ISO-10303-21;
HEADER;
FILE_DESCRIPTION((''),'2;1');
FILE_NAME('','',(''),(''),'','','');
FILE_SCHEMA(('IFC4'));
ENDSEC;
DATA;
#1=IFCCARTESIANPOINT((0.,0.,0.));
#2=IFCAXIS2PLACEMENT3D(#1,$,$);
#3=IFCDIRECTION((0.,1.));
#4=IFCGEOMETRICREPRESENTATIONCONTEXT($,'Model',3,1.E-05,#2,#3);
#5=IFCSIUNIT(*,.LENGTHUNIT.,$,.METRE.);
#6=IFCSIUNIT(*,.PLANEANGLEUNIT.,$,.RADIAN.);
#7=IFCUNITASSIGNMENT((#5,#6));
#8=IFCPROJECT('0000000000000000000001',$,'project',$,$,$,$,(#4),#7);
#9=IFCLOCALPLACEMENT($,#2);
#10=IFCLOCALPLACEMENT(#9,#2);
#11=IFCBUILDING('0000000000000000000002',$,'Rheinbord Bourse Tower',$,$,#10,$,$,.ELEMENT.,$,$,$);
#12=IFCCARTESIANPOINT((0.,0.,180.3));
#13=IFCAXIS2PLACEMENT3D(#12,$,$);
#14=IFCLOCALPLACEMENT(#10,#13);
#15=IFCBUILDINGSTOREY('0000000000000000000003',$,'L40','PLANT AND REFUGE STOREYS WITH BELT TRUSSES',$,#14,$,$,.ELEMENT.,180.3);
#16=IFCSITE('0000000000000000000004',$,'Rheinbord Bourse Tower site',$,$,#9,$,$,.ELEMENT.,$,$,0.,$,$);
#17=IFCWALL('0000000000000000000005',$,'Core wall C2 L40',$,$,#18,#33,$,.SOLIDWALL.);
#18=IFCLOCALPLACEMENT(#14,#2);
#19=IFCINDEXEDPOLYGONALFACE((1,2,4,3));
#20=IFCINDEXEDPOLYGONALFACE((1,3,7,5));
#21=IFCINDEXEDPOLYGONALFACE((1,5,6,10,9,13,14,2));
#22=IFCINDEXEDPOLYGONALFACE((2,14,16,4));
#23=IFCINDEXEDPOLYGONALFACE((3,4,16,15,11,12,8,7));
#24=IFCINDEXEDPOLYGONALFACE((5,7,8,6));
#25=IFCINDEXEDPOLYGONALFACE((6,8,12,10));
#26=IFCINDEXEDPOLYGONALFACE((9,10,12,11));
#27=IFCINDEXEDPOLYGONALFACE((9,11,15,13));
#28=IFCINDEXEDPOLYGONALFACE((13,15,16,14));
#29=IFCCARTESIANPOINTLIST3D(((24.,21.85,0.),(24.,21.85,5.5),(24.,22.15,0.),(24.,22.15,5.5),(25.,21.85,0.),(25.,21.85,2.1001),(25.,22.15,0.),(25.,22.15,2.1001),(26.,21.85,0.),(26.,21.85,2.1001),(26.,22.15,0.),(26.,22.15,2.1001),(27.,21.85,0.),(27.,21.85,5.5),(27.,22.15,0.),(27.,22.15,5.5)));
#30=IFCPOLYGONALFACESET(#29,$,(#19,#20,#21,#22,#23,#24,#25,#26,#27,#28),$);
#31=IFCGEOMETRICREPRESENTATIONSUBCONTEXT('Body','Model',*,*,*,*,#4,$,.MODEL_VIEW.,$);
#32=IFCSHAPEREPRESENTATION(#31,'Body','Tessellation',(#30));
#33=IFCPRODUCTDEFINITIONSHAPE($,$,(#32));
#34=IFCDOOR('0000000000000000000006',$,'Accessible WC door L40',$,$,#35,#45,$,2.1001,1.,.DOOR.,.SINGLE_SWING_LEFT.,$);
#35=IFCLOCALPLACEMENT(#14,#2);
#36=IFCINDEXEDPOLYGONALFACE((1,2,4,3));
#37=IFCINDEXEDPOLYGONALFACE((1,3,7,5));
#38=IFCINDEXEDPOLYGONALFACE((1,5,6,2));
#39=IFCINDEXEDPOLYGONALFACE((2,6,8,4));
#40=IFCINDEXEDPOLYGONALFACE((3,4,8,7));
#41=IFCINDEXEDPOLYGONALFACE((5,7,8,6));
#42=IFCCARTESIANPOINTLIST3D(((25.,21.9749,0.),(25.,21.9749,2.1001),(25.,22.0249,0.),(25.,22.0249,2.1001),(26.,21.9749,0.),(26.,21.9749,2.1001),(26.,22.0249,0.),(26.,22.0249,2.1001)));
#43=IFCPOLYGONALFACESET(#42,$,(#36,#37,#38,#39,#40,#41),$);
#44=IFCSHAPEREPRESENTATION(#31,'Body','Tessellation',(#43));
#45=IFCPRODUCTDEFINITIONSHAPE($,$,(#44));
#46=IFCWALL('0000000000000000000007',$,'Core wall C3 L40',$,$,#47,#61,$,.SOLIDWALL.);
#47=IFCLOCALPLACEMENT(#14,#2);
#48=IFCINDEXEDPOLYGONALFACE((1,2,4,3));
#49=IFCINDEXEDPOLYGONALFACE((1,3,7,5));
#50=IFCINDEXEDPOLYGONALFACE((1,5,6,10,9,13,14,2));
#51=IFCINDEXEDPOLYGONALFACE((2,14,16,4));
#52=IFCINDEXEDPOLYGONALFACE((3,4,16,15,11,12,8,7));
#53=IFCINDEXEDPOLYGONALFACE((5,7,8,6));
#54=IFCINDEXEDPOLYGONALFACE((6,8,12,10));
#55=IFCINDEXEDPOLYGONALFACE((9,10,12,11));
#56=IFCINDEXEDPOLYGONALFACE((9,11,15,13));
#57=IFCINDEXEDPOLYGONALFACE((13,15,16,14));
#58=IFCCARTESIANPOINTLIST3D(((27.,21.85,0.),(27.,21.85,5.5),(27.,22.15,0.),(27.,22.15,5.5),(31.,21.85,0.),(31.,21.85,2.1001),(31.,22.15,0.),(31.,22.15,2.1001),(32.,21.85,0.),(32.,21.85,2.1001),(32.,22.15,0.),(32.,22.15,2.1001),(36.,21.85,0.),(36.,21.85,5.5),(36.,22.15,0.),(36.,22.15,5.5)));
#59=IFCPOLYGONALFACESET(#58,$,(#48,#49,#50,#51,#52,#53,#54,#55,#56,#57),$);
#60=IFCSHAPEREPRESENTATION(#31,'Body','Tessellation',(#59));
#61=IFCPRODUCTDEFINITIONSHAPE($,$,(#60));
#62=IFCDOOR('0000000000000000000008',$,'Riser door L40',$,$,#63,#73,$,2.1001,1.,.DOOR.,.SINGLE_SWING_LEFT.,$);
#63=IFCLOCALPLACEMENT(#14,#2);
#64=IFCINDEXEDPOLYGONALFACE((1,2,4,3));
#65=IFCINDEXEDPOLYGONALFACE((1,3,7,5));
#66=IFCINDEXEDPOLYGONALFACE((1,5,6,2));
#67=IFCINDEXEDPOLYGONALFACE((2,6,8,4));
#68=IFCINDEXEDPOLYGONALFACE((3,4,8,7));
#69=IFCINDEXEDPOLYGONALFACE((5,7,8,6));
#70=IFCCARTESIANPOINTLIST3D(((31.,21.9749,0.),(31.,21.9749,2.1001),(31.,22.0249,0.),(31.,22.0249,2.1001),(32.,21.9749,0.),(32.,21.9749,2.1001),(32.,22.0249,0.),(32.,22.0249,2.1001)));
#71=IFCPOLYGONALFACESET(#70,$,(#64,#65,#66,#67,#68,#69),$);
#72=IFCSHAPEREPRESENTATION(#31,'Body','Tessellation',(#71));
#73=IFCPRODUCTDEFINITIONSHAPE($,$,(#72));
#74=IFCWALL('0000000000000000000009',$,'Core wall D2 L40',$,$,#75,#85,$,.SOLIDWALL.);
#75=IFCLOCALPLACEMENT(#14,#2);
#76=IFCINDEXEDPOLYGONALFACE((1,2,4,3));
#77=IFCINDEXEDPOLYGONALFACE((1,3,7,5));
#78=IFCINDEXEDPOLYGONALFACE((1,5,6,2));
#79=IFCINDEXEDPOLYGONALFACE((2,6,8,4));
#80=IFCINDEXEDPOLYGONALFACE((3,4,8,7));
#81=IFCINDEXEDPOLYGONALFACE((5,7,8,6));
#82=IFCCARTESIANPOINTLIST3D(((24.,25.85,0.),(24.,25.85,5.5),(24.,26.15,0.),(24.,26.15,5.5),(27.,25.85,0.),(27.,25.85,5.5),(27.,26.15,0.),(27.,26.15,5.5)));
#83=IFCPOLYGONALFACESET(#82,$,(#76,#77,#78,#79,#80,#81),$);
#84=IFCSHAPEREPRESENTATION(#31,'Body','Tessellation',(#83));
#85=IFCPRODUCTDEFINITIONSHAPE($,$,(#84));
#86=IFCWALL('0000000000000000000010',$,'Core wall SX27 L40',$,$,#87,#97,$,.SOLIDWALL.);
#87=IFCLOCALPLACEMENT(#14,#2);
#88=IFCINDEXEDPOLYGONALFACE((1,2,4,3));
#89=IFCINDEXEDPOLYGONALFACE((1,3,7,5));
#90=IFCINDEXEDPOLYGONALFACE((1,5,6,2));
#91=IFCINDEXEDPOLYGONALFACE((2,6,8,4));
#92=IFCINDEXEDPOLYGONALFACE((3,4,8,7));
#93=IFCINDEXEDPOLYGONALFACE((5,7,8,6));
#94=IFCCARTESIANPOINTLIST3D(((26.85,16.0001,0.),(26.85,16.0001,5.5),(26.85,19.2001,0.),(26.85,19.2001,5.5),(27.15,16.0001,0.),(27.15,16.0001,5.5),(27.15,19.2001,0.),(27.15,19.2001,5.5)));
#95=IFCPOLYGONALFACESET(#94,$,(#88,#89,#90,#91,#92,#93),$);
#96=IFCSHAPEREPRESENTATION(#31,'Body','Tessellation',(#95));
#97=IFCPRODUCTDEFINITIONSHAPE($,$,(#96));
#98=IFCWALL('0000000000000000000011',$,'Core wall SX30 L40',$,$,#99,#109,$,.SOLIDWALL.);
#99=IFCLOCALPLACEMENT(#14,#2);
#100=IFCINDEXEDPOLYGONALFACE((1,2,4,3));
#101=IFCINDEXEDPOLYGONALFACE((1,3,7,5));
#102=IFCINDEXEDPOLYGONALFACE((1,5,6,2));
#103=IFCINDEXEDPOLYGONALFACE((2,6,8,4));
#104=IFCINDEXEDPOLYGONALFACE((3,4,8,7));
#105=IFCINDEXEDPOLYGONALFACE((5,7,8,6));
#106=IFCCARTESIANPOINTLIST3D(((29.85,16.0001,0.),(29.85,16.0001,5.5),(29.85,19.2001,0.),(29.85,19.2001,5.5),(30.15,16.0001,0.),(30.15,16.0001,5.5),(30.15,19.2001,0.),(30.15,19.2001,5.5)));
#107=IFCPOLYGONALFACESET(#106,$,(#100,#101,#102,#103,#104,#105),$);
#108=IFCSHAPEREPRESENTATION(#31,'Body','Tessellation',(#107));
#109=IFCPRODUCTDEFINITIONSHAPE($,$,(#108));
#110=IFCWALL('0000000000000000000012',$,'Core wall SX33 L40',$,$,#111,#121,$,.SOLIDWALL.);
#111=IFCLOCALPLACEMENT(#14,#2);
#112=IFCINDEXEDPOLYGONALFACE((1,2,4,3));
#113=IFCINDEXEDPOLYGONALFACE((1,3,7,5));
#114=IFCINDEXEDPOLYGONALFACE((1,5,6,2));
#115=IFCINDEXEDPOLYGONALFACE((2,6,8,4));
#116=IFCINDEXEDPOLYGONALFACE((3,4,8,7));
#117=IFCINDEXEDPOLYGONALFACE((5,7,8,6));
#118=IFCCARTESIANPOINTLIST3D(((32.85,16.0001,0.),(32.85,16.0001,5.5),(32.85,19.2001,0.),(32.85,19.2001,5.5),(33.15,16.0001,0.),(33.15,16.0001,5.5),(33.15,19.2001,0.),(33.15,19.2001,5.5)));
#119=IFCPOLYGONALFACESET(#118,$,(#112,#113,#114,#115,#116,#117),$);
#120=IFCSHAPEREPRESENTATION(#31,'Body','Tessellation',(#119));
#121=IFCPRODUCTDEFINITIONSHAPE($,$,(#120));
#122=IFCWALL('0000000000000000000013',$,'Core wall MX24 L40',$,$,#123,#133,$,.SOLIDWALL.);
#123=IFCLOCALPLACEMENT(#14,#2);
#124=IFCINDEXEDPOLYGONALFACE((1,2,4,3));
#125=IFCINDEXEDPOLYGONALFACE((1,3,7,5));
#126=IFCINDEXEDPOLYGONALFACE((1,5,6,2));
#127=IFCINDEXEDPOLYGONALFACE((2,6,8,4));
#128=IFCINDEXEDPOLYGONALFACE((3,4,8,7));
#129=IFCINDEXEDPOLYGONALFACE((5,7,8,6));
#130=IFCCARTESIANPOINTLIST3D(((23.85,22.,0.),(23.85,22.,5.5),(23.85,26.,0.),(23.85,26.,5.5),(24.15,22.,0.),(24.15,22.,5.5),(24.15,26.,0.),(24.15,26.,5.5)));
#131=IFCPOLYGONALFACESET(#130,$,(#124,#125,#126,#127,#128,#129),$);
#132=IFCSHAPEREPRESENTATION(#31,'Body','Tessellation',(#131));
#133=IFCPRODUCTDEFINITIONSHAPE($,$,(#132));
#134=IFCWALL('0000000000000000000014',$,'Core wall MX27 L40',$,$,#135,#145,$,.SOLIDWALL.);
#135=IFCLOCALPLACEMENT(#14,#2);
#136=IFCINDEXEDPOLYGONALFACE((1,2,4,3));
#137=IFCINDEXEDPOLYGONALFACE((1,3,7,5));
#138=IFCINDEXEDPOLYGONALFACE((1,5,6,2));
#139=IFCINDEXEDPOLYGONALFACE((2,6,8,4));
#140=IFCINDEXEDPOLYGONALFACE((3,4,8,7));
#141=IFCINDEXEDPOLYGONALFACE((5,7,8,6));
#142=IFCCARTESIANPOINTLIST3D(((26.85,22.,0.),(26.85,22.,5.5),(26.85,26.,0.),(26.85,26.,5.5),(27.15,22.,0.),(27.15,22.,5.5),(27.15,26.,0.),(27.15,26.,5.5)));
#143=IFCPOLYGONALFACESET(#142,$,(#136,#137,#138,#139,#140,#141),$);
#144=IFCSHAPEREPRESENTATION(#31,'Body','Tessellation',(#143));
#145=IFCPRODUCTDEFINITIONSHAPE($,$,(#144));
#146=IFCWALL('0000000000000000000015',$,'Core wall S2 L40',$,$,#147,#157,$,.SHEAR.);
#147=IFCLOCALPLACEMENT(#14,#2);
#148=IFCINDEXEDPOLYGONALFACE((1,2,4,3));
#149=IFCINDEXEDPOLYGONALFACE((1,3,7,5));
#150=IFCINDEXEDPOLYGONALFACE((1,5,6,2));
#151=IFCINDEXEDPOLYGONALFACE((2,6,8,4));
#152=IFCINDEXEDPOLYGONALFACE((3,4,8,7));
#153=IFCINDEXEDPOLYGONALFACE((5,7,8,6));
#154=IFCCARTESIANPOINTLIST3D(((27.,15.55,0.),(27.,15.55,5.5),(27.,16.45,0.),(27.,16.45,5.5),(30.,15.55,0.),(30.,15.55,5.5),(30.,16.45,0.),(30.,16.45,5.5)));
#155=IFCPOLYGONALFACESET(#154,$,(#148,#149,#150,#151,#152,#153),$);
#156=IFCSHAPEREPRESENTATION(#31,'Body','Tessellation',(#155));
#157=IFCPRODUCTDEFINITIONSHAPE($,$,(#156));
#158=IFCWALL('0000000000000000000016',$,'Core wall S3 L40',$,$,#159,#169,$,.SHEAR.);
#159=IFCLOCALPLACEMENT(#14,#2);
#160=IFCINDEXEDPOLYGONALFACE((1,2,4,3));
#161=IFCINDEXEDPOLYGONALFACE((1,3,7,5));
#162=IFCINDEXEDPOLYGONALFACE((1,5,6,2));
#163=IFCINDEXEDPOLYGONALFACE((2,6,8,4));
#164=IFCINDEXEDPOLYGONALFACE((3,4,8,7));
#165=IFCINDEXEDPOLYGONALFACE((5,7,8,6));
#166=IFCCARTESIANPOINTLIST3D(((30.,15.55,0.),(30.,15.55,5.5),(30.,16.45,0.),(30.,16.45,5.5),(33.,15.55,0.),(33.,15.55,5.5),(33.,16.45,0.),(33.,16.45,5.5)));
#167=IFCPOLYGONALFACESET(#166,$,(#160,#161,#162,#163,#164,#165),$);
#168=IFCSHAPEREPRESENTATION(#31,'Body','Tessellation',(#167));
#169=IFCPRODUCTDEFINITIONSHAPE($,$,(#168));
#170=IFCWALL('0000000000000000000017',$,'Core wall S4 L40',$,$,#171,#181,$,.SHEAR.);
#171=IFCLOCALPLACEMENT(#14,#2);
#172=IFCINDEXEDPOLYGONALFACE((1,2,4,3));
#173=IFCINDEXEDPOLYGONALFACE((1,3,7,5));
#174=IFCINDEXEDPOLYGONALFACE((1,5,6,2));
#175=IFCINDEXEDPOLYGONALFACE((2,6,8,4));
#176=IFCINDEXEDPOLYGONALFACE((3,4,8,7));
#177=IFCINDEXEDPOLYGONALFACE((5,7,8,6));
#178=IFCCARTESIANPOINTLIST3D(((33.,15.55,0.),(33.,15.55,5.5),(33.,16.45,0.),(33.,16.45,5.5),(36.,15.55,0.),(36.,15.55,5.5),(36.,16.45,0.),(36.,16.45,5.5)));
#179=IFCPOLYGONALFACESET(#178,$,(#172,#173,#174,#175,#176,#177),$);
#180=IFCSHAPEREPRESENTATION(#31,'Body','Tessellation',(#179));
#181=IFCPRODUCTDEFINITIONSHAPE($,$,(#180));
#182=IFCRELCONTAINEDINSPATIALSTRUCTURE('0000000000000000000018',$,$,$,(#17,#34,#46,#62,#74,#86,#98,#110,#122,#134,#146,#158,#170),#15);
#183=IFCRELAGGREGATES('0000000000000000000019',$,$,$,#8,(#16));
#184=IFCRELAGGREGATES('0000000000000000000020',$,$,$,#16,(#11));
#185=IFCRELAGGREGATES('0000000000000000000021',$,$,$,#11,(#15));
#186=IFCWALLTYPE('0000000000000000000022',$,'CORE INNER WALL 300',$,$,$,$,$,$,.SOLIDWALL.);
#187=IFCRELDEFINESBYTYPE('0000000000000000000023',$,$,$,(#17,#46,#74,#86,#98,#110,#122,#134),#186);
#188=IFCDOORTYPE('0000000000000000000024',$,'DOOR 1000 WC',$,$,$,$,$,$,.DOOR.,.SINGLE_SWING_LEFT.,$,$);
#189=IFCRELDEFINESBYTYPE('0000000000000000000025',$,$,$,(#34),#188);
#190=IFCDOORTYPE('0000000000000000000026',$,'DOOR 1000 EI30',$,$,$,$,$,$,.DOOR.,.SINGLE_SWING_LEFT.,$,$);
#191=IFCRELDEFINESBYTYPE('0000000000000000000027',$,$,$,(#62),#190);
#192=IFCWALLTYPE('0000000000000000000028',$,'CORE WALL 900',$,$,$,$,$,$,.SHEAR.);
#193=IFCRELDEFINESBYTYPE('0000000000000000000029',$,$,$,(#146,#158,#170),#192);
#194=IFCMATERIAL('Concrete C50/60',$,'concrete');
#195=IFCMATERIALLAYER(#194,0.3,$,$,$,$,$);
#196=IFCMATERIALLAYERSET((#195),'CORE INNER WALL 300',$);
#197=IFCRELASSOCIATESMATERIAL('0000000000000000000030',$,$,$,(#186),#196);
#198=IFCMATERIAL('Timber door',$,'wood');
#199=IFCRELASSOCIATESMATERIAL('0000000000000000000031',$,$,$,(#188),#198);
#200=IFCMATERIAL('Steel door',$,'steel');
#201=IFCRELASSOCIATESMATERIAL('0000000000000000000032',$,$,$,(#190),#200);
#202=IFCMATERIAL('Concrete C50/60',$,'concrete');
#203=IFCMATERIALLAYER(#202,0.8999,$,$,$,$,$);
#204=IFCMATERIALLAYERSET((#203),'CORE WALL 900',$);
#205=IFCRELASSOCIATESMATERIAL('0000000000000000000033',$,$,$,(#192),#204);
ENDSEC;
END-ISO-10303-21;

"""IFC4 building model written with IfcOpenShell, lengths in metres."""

from ifc_helpers import new_model, si_unit, direction, frame, frame_2d, origin, place, context, subcontext, project, spatial, rectangle, extrude, material, layer, layer_set, type_object, element, fill, save


model = new_model("IFC4")

# Units and contexts
model_context = context("Model", 3, precision=1e-05, world=origin(), true_north=direction((0.0, 1.0)))
body_context = subcontext(model_context, "Body", "Model", "MODEL_VIEW")
ifc_project = project(units=[si_unit("LENGTHUNIT", "METRE"), si_unit("PLANEANGLEUNIT", "RADIAN")], contexts=[model_context])

# Site, building, storey
site_placement = place(None, origin())
site = spatial("IfcSite", under=ifc_project, at=site_placement, Name="Rheinbord Bourse Tower site", CompositionType="ELEMENT", RefElevation=0.0)
building_placement = place(site_placement, origin())
building = spatial("IfcBuilding", under=site, at=building_placement, Name="Rheinbord Bourse Tower", CompositionType="ELEMENT")
storey_placement = place(building_placement, frame((0.0, 0.0, 180.3)))
storey = spatial("IfcBuildingStorey", under=building, at=storey_placement, Name="L40", Description="PLANT AND REFUGE STOREYS WITH BELT TRUSSES", CompositionType="ELEMENT", Elevation=180.3)

# Shared definitions
ifc_material_1 = material(Name="Concrete C50/60", Category="concrete")
ifc_layer_1 = layer(ifc_material_1, 0.3)
ifc_layer_set_1 = layer_set([ifc_layer_1], Name="CORE INNER WALL 300")
wall_type_1 = type_object("IfcWallType", Name="CORE INNER WALL 300", PredefinedType="SOLIDWALL", material=ifc_layer_set_1)

# Walls, openings, doors
wall_1_placement = place(storey_placement, frame((24.0, 22.0, 0.0), z_axis=(0.0, 0.0, 1.0), x_axis=(1.0, 0.0, 0.0)))
wall_1 = element("IfcWall", 1, at=wall_1_placement, inside=storey, type_object=wall_type_1, Name="Core wall C2 L40", PredefinedType="SOLIDWALL", context=body_context, shape_type="SweptSolid", body=[
    extrude(rectangle(XDim=3.0, YDim=0.3, at=frame_2d((1.5, 0.0))), origin(), (0.0, 0.0, 1.0), 5.5),
])
opening_1_placement = place(wall_1_placement, frame((1.0, 0.0, 0.0)))
opening_1 = element("IfcOpeningElement", 2, at=opening_1_placement, cuts=wall_1, PredefinedType="OPENING", context=body_context, shape_type="SweptSolid", body=[
    extrude(rectangle(XDim=1.0, YDim=2.1001, at=frame_2d((0.5, 1.05))), frame((0.0, 0.1599, 0.0), z_axis=(0.0, -1.0, 0.0), x_axis=(1.0, 0.0, 0.0)), (0.0, 0.0, 1.0), 0.3201),
])
ifc_material_2 = material(Name="Timber door", Category="wood")
door_type_1 = type_object("IfcDoorType", Name="DOOR 1000 WC", OperationType="SINGLE_SWING_LEFT", PredefinedType="DOOR", material=ifc_material_2)
door_1_placement = place(opening_1_placement, origin())
door_1 = element("IfcDoor", 3, at=door_1_placement, inside=storey, type_object=door_type_1, Name="Accessible WC door L40", OperationType="SINGLE_SWING_LEFT", OverallHeight=2.1001, OverallWidth=1.0, PredefinedType="DOOR", context=body_context, shape_type="SweptSolid", body=[
    extrude(rectangle(XDim=1.0, YDim=2.1001, at=frame_2d((0.5, 1.05))), frame((0.0, 0.0249, 0.0), z_axis=(0.0, -1.0, 0.0), x_axis=(1.0, 0.0, 0.0)), (0.0, 0.0, 1.0), 0.05),
])
fill(opening_1, door_1)
wall_2_placement = place(storey_placement, frame((27.0, 22.0, 0.0), z_axis=(0.0, 0.0, 1.0), x_axis=(1.0, 0.0, 0.0)))
wall_2 = element("IfcWall", 4, at=wall_2_placement, inside=storey, type_object=wall_type_1, Name="Core wall C3 L40", PredefinedType="SOLIDWALL", context=body_context, shape_type="SweptSolid", body=[
    extrude(rectangle(XDim=9.0, YDim=0.3, at=frame_2d((4.5, 0.0))), origin(), (0.0, 0.0, 1.0), 5.5),
])
opening_2_placement = place(wall_2_placement, frame((4.0, 0.0, 0.0)))
opening_2 = element("IfcOpeningElement", 5, at=opening_2_placement, cuts=wall_2, PredefinedType="OPENING", context=body_context, shape_type="SweptSolid", body=[
    extrude(rectangle(XDim=1.0, YDim=2.1001, at=frame_2d((0.5, 1.05))), frame((0.0, 0.1599, 0.0), z_axis=(0.0, -1.0, 0.0), x_axis=(1.0, 0.0, 0.0)), (0.0, 0.0, 1.0), 0.3201),
])
ifc_material_3 = material(Name="Steel door", Category="steel")
door_type_2 = type_object("IfcDoorType", Name="DOOR 1000 EI30", OperationType="SINGLE_SWING_LEFT", PredefinedType="DOOR", material=ifc_material_3)
door_2_placement = place(opening_2_placement, origin())
door_2 = element("IfcDoor", 6, at=door_2_placement, inside=storey, type_object=door_type_2, Name="Riser door L40", OperationType="SINGLE_SWING_LEFT", OverallHeight=2.1001, OverallWidth=1.0, PredefinedType="DOOR", context=body_context, shape_type="SweptSolid", body=[
    extrude(rectangle(XDim=1.0, YDim=2.1001, at=frame_2d((0.5, 1.05))), frame((0.0, 0.0249, 0.0), z_axis=(0.0, -1.0, 0.0), x_axis=(1.0, 0.0, 0.0)), (0.0, 0.0, 1.0), 0.05),
])
fill(opening_2, door_2)

# Walls
wall_3_placement = place(storey_placement, frame((24.0, 26.0, 0.0), z_axis=(0.0, 0.0, 1.0), x_axis=(1.0, 0.0, 0.0)))
element("IfcWall", 7, at=wall_3_placement, inside=storey, type_object=wall_type_1, Name="Core wall D2 L40", PredefinedType="SOLIDWALL", context=body_context, shape_type="SweptSolid", body=[
    extrude(rectangle(XDim=3.0, YDim=0.3, at=frame_2d((1.5, 0.0))), origin(), (0.0, 0.0, 1.0), 5.5),
])
for number, where, z_axis, x_axis, name in (
    (8, (27.0, 16.0, 0.0), (0.0, 0.0, 1.0), (0.0, 1.0, 0.0), "Core wall SX27 L40"),
    (9, (30.0, 16.0, 0.0), (0.0, 0.0, 1.0), (0.0, 1.0, 0.0), "Core wall SX30 L40"),
    (10, (33.0, 16.0, 0.0), (0.0, 0.0, 1.0), (0.0, 1.0, 0.0), "Core wall SX33 L40"),
):
    element("IfcWall", number, at=place(storey_placement, frame(where, z_axis=z_axis, x_axis=x_axis)), inside=storey, type_object=wall_type_1, Name=name, PredefinedType="SOLIDWALL", context=body_context, shape_type="SweptSolid", body=[
        extrude(rectangle(XDim=3.2, YDim=0.3, at=frame_2d((1.6001, 0.0))), origin(), (0.0, 0.0, 1.0), 5.5),
    ])
for number, where, z_axis, x_axis, name in (
    (11, (24.0, 22.0, 0.0), (0.0, 0.0, 1.0), (0.0, 1.0, 0.0), "Core wall MX24 L40"),
    (12, (27.0, 22.0, 0.0), (0.0, 0.0, 1.0), (0.0, 1.0, 0.0), "Core wall MX27 L40"),
):
    element("IfcWall", number, at=place(storey_placement, frame(where, z_axis=z_axis, x_axis=x_axis)), inside=storey, type_object=wall_type_1, Name=name, PredefinedType="SOLIDWALL", context=body_context, shape_type="SweptSolid", body=[
        extrude(rectangle(XDim=4.0, YDim=0.3, at=frame_2d((2.0, 0.0))), origin(), (0.0, 0.0, 1.0), 5.5),
    ])
ifc_material_4 = material(Name="Concrete C50/60", Category="concrete")
ifc_layer_2 = layer(ifc_material_4, 0.8999)
ifc_layer_set_2 = layer_set([ifc_layer_2], Name="CORE WALL 900")
wall_type_2 = type_object("IfcWallType", Name="CORE WALL 900", PredefinedType="SHEAR", material=ifc_layer_set_2)
for number, where, z_axis, x_axis, name in (
    (13, (27.0, 16.0, 0.0), (0.0, 0.0, 1.0), (1.0, 0.0, 0.0), "Core wall S2 L40"),
    (14, (30.0, 16.0, 0.0), (0.0, 0.0, 1.0), (1.0, 0.0, 0.0), "Core wall S3 L40"),
    (15, (33.0, 16.0, 0.0), (0.0, 0.0, 1.0), (1.0, 0.0, 0.0), "Core wall S4 L40"),
):
    element("IfcWall", number, at=place(storey_placement, frame(where, z_axis=z_axis, x_axis=x_axis)), inside=storey, type_object=wall_type_2, Name=name, PredefinedType="SHEAR", context=body_context, shape_type="SweptSolid", body=[
        extrude(rectangle(XDim=3.0, YDim=0.8999, at=frame_2d((1.5, 0.0))), origin(), (0.0, 0.0, 1.0), 5.5),
    ])

save(model, "model.ifc")
